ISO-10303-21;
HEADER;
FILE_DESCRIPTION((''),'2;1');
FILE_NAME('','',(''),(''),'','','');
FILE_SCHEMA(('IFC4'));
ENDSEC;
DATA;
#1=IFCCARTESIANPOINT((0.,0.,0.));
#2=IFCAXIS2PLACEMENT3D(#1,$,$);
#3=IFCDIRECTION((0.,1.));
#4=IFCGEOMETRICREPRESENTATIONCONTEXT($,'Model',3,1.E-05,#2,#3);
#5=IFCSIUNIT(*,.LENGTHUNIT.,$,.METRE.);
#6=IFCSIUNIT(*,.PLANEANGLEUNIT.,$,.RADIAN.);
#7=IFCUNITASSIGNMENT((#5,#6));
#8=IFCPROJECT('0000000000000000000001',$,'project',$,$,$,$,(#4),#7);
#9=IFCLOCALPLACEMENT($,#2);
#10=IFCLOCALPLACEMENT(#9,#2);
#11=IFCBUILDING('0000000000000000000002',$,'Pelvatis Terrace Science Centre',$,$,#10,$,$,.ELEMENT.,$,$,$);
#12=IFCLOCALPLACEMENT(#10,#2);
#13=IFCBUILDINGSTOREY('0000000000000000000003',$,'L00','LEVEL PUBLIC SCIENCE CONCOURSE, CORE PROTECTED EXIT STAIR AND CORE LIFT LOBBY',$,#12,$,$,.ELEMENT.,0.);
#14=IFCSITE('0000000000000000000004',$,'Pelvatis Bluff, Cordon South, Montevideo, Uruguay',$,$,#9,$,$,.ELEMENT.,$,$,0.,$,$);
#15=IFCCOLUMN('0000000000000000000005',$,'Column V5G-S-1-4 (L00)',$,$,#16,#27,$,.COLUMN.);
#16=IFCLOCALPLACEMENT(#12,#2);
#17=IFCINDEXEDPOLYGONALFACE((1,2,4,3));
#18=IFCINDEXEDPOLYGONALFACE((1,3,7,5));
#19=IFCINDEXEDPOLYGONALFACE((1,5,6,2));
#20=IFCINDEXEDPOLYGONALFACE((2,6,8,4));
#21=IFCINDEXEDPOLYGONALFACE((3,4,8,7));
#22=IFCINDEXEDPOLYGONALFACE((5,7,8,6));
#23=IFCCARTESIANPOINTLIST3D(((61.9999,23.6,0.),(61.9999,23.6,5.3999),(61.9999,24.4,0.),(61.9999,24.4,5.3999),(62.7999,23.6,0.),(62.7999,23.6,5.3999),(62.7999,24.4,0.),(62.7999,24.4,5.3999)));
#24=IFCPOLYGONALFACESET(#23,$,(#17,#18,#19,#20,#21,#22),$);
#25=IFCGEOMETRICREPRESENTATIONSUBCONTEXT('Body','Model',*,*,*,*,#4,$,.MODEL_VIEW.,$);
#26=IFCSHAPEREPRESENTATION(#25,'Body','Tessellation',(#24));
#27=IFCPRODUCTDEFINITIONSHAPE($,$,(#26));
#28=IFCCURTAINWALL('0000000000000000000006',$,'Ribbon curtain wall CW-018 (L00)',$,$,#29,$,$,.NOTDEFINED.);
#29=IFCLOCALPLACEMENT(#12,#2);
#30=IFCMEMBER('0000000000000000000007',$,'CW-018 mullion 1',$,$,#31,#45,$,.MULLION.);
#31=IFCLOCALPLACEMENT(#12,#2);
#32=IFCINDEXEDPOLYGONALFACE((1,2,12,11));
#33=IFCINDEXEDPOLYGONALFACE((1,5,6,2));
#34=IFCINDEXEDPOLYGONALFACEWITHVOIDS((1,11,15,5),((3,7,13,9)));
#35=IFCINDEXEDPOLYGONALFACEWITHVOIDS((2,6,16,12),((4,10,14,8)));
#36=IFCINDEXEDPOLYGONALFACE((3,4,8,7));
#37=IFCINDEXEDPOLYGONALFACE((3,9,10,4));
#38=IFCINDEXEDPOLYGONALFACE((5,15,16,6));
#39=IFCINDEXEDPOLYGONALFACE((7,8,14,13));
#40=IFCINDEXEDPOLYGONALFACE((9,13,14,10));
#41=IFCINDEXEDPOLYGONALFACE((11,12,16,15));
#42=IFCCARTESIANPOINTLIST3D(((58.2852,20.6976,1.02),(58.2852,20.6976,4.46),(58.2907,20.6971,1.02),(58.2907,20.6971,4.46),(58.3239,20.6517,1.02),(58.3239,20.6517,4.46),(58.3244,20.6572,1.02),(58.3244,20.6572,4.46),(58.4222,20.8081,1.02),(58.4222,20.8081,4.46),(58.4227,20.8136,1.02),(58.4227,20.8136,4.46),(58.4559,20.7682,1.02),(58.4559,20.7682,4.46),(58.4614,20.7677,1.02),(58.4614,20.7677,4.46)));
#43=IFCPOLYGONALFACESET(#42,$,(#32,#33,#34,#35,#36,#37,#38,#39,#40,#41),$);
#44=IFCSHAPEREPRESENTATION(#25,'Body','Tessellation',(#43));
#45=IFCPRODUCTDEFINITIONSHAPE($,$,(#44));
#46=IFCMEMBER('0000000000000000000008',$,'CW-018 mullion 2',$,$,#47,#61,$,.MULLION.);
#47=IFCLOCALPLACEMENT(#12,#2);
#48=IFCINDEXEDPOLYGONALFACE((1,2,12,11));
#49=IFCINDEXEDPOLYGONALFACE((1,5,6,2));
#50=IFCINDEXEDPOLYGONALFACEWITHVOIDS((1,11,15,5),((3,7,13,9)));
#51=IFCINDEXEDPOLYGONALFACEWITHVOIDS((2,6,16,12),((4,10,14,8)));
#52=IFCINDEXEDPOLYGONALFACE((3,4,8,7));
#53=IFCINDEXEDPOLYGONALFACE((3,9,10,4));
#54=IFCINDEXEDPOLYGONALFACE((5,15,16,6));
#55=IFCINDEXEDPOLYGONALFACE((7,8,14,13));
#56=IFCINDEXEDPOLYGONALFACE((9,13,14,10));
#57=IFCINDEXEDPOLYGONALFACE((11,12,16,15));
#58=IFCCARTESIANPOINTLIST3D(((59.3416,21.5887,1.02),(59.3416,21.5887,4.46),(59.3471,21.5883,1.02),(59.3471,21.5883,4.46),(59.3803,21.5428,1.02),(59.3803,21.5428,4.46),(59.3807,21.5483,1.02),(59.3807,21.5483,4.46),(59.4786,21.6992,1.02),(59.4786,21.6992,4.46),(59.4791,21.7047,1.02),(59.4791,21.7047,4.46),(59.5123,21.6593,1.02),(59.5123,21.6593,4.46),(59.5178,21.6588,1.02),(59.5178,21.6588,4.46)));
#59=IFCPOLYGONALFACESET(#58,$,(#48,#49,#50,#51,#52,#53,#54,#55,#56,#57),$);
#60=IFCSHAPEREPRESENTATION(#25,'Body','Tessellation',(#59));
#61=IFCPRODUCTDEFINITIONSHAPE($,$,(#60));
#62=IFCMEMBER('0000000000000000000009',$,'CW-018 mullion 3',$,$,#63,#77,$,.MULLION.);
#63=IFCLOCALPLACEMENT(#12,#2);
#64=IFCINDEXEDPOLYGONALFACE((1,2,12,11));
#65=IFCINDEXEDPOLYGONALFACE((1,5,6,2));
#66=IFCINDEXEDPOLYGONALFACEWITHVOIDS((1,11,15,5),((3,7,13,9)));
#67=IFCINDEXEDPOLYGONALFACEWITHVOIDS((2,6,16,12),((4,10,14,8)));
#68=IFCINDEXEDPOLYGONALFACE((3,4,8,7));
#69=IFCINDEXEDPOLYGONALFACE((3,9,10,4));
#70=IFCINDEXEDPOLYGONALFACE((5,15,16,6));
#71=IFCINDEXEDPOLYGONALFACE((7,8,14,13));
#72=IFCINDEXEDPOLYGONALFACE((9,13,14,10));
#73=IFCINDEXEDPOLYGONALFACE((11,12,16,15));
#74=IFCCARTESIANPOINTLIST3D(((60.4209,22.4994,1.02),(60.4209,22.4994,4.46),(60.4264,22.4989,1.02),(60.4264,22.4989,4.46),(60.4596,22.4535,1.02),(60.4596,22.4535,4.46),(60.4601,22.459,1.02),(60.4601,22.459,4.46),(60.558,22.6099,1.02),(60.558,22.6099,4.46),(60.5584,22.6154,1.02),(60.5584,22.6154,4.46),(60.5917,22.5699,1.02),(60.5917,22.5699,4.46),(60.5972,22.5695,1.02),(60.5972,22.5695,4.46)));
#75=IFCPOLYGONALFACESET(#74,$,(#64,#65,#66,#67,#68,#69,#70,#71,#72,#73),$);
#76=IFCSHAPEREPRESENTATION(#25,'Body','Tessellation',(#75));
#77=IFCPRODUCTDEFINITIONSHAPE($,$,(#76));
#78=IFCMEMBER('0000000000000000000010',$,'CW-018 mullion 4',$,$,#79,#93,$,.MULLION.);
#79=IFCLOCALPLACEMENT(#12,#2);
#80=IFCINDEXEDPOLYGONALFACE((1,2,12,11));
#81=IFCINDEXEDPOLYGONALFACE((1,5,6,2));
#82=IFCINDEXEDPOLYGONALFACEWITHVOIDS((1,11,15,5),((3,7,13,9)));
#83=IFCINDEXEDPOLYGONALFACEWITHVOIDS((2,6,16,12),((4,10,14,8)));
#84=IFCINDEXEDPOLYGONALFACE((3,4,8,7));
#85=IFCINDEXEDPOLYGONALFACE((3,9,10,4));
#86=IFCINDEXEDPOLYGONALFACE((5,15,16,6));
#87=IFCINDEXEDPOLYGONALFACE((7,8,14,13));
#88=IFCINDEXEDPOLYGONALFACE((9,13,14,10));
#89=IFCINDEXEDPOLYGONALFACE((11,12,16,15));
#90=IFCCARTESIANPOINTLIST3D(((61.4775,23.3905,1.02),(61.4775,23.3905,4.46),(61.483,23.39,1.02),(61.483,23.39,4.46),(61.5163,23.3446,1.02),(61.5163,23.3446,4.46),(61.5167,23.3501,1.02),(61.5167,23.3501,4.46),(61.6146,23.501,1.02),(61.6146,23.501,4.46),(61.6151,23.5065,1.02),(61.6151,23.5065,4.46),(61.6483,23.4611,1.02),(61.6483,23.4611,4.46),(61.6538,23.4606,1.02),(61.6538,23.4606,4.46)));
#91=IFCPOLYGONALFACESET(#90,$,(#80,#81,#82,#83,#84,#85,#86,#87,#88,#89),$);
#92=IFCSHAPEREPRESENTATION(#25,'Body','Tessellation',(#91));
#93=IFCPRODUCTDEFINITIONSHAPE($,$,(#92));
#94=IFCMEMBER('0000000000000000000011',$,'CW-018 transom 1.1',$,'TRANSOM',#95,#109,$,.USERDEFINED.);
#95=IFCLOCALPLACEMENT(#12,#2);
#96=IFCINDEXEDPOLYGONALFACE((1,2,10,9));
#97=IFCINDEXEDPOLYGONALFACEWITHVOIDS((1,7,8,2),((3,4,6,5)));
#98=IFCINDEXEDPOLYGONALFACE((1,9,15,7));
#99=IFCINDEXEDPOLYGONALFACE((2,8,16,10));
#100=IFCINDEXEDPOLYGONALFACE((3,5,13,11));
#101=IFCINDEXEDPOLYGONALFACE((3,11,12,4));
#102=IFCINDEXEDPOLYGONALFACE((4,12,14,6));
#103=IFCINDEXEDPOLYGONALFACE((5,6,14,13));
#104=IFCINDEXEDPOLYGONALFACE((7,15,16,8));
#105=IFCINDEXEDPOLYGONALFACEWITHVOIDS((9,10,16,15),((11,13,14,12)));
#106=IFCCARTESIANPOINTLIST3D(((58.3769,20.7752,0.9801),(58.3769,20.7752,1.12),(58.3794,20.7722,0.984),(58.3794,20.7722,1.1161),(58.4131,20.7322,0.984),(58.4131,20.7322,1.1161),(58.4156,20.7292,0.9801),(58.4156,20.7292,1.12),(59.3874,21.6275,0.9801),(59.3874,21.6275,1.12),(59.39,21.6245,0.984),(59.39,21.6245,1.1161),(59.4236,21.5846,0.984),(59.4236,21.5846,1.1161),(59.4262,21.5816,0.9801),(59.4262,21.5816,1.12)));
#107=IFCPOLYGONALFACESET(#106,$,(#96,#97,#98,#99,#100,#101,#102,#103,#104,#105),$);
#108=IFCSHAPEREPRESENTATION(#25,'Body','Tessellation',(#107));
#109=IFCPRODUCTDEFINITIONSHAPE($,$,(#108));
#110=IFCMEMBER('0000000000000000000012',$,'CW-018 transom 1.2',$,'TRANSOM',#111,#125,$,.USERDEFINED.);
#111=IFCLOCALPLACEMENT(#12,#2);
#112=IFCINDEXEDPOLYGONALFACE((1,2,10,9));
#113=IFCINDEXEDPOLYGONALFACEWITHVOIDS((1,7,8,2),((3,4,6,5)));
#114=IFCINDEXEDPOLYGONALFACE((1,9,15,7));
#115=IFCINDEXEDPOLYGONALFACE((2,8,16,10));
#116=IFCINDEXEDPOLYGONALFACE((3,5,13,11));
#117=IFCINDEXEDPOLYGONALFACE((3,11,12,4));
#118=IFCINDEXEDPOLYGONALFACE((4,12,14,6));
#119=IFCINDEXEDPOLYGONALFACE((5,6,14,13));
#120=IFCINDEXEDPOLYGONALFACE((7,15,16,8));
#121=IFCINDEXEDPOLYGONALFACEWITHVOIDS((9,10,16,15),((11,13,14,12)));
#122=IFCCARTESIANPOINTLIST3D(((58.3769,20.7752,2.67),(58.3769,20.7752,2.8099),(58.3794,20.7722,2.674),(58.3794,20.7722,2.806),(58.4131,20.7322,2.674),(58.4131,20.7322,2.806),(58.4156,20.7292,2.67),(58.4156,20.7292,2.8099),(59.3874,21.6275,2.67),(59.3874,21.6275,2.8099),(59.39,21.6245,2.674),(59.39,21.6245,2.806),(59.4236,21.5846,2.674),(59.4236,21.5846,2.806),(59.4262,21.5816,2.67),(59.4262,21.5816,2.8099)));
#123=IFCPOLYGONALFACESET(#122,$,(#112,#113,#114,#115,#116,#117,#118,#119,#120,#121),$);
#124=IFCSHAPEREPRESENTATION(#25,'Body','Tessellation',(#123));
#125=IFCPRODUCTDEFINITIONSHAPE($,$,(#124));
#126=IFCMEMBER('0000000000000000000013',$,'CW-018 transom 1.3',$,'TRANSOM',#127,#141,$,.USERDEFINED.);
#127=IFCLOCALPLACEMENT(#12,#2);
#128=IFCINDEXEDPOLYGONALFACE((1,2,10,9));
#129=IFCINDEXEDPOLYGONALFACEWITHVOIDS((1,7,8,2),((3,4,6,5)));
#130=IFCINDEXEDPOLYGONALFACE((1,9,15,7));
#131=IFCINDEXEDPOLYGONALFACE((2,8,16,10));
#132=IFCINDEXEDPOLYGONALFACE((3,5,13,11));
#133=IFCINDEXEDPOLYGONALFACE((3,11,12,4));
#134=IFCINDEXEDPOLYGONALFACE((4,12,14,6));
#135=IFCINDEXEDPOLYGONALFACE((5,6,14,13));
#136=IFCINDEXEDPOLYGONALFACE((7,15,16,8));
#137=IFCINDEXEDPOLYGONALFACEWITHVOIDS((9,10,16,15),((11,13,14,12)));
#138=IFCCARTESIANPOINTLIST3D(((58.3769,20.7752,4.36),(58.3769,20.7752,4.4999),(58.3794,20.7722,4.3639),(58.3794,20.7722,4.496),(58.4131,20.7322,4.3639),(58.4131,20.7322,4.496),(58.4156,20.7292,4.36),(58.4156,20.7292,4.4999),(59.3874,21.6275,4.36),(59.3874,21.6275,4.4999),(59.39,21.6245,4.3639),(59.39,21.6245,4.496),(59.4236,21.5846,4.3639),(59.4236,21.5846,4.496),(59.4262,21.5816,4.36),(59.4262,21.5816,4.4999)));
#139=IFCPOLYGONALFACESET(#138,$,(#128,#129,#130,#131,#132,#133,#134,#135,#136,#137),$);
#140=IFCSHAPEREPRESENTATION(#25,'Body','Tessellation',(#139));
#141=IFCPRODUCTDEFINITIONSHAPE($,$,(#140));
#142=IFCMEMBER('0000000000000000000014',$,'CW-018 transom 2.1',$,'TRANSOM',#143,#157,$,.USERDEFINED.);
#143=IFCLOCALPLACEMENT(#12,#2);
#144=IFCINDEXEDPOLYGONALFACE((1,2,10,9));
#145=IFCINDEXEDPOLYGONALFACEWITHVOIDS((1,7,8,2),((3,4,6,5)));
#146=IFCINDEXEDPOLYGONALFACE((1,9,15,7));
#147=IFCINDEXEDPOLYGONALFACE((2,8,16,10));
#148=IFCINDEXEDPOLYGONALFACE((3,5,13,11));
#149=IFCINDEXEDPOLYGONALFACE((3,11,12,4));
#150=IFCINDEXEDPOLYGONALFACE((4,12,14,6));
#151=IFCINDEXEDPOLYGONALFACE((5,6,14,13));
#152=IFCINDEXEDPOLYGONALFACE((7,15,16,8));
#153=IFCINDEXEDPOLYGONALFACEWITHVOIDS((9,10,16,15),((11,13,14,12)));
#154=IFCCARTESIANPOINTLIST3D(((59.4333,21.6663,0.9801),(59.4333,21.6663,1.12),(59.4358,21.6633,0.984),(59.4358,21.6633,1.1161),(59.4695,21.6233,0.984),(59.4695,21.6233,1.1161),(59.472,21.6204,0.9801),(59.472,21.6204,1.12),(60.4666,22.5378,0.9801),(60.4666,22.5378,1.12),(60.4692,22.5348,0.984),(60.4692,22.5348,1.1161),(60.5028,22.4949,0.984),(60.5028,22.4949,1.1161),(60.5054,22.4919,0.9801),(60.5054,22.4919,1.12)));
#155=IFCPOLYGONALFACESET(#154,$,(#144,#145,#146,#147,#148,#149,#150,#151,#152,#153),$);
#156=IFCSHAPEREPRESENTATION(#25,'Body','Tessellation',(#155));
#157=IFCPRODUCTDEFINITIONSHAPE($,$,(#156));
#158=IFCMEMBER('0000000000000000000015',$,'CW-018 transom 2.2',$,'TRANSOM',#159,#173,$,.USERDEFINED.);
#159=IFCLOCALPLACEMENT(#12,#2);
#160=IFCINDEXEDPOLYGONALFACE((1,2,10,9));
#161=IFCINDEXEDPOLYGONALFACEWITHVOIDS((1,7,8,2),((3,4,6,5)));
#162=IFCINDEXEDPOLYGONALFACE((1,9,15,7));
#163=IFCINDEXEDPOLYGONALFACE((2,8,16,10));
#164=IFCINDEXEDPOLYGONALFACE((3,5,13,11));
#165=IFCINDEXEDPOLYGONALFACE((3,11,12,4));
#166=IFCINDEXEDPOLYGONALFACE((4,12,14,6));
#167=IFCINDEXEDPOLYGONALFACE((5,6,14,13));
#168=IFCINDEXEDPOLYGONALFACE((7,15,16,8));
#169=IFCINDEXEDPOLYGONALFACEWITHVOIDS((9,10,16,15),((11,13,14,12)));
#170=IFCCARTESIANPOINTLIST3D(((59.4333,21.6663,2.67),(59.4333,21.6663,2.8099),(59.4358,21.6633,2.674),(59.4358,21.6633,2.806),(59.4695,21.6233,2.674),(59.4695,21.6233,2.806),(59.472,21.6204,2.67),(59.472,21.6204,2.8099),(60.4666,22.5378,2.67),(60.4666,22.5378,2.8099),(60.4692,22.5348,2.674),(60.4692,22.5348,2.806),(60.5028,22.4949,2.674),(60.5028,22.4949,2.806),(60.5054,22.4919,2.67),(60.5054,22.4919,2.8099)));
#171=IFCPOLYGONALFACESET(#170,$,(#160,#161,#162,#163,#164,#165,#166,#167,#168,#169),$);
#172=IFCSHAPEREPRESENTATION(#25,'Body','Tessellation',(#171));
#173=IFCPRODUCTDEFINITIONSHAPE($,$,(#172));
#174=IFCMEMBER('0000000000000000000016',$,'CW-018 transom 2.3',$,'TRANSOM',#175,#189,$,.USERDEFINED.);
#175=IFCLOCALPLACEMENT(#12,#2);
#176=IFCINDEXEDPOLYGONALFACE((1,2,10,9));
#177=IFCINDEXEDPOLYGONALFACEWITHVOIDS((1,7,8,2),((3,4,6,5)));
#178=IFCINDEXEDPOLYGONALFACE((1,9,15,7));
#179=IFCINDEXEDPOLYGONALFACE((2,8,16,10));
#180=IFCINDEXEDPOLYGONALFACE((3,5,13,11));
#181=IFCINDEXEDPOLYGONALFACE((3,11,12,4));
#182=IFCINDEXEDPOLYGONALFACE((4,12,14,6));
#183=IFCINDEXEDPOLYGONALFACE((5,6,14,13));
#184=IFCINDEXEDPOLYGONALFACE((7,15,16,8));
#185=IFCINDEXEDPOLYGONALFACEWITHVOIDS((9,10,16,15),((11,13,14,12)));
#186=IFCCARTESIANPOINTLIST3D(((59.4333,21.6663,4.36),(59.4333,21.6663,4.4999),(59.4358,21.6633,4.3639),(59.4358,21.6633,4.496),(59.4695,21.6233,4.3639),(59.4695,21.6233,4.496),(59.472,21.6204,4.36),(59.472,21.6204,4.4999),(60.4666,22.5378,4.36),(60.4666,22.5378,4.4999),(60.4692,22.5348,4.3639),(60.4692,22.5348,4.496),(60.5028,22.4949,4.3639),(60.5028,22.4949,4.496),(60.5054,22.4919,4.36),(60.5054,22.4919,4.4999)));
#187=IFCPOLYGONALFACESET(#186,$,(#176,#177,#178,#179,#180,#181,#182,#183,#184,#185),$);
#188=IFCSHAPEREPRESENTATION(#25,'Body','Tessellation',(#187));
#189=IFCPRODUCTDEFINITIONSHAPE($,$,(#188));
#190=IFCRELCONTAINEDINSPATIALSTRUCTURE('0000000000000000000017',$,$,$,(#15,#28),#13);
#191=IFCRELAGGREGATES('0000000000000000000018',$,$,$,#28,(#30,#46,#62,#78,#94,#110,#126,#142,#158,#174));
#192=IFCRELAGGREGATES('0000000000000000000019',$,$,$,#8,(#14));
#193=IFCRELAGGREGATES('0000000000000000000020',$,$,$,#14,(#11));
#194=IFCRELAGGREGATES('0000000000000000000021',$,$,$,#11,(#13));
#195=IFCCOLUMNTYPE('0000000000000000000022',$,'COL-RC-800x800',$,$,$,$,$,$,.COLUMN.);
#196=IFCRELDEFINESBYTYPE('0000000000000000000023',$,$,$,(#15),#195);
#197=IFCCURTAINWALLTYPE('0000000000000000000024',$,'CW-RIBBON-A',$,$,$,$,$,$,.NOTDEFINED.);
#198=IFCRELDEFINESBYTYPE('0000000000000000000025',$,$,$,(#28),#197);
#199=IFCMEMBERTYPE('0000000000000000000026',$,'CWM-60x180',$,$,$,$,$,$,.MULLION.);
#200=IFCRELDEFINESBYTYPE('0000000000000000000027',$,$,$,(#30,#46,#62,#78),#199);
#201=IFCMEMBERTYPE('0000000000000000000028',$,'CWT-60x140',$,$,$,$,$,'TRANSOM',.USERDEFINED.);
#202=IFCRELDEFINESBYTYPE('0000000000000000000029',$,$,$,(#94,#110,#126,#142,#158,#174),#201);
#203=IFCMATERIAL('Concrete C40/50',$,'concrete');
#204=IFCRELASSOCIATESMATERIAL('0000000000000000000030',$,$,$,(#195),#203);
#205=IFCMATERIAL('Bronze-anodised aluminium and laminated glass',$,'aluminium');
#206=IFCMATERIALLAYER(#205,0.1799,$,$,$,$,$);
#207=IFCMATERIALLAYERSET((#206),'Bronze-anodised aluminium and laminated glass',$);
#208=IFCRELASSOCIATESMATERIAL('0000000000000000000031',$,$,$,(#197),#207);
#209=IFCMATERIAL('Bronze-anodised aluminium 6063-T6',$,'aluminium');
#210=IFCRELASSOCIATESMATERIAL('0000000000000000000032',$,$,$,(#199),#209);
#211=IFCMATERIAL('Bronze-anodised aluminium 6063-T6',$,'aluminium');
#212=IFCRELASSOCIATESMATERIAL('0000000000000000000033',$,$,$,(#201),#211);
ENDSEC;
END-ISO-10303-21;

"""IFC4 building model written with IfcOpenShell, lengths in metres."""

from ifc_helpers import new_model, si_unit, direction, frame, origin, origin_2d, place, context, subcontext, project, spatial, rectangle, hollow_rectangle, extrude, material, layer, layer_set, material_profile, profile_set, type_object, element, aggregate, save


model = new_model("IFC4")

# Units and contexts
model_context = context("Model", 3, precision=1e-05, world=origin(), true_north=direction((0.0, 1.0)))
body_context = subcontext(model_context, "Body", "Model", "MODEL_VIEW")
ifc_project = project(units=[si_unit("LENGTHUNIT", "METRE"), si_unit("PLANEANGLEUNIT", "RADIAN")], contexts=[model_context])

# Site, building, storey
site_placement = place(None, origin())
site = spatial("IfcSite", under=ifc_project, at=site_placement, Name="Pelvatis Bluff, Cordon South, Montevideo, Uruguay", CompositionType="ELEMENT", RefElevation=0.0)
building_placement = place(site_placement, origin())
building = spatial("IfcBuilding", under=site, at=building_placement, Name="Pelvatis Terrace Science Centre", CompositionType="ELEMENT")
storey_placement = place(building_placement, origin())
storey = spatial("IfcBuildingStorey", under=building, at=storey_placement, Name="L00", Description="LEVEL PUBLIC SCIENCE CONCOURSE, CORE PROTECTED EXIT STAIR AND CORE LIFT LOBBY", CompositionType="ELEMENT", Elevation=0.0)

# Column
ifc_material_1 = material(Name="Concrete C40/50", Category="concrete")
ifc_material_profile_1 = material_profile(ifc_material_1, rectangle(XDim=0.8, YDim=0.8, at=origin_2d()), Name="RC-COL 800x800")
ifc_profile_set_1 = profile_set([ifc_material_profile_1], Name="Concrete C40/50")
column_type = type_object("IfcColumnType", Name="COL-RC-800x800", PredefinedType="COLUMN", material=ifc_profile_set_1)
column_placement = place(storey_placement, frame((62.3999, 24.0, 0.0), z_axis=(0.0, 0.0, 1.0), x_axis=(1.0, 0.0, 0.0)))
element("IfcColumn", 1, at=column_placement, inside=storey, type_object=column_type, Name="Column V5G-S-1-4 (L00)", PredefinedType="COLUMN", context=body_context, shape_type="SweptSolid", body=[
    extrude(rectangle(XDim=0.8, YDim=0.8, at=origin_2d()), origin(), (0.0, 0.0, 1.0), 5.3999),
])

# Curtain wall, members
ifc_material_2 = material(Name="Bronze-anodised aluminium and laminated glass", Category="aluminium")
ifc_layer_1 = layer(ifc_material_2, 0.1799)
ifc_layer_set_1 = layer_set([ifc_layer_1], Name="Bronze-anodised aluminium and laminated glass")
curtain_wall_type = type_object("IfcCurtainWallType", Name="CW-RIBBON-A", PredefinedType="NOTDEFINED", material=ifc_layer_set_1)
curtain_wall_placement = place(storey_placement, origin())
curtain_wall = element("IfcCurtainWall", 2, at=curtain_wall_placement, inside=storey, type_object=curtain_wall_type, Name="Ribbon curtain wall CW-018 (L00)", PredefinedType="NOTDEFINED")
ifc_material_3 = material(Name="Bronze-anodised aluminium 6063-T6", Category="aluminium")
ifc_material_profile_2 = material_profile(ifc_material_3, hollow_rectangle(XDim=0.0601, YDim=0.1799, WallThickness=0.0039, at=origin_2d()), Name="ALU-MUL 60x180")
ifc_profile_set_2 = profile_set([ifc_material_profile_2], Name="Bronze-anodised aluminium 6063-T6")
member_type_1 = type_object("IfcMemberType", Name="CWM-60x180", PredefinedType="MULLION", material=ifc_profile_set_2)
member_1_placement = place(storey_placement, frame((58.3733, 20.7327, 1.02), z_axis=(0.0, 0.0, 1.0), x_axis=(-0.644768, 0.764378, 0.0)))
member_1 = element("IfcMember", 3, at=member_1_placement, type_object=member_type_1, Name="CW-018 mullion 1", PredefinedType="MULLION", context=body_context, shape_type="SweptSolid", body=[
    extrude(hollow_rectangle(XDim=0.0601, YDim=0.1799, WallThickness=0.0039, at=origin_2d()), origin(), (0.0, 0.0, 1.0), 3.4399),
])
member_2_placement = place(storey_placement, frame((59.4297, 21.6238, 1.02), z_axis=(0.0, 0.0, 1.0), x_axis=(-0.644768, 0.764378, 0.0)))
member_2 = element("IfcMember", 4, at=member_2_placement, type_object=member_type_1, Name="CW-018 mullion 2", PredefinedType="MULLION", context=body_context, shape_type="SweptSolid", body=[
    extrude(hollow_rectangle(XDim=0.0601, YDim=0.1799, WallThickness=0.0039, at=origin_2d()), origin(), (0.0, 0.0, 1.0), 3.4399),
])
member_3_placement = place(storey_placement, frame((60.509, 22.5344, 1.02), z_axis=(0.0, 0.0, 1.0), x_axis=(-0.644768, 0.764378, 0.0)))
member_3 = element("IfcMember", 5, at=member_3_placement, type_object=member_type_1, Name="CW-018 mullion 3", PredefinedType="MULLION", context=body_context, shape_type="SweptSolid", body=[
    extrude(hollow_rectangle(XDim=0.0601, YDim=0.1799, WallThickness=0.0039, at=origin_2d()), origin(), (0.0, 0.0, 1.0), 3.4399),
])
member_4_placement = place(storey_placement, frame((61.5657, 23.4255, 1.02), z_axis=(0.0, 0.0, 1.0), x_axis=(-0.644768, 0.764378, 0.0)))
member_4 = element("IfcMember", 6, at=member_4_placement, type_object=member_type_1, Name="CW-018 mullion 4", PredefinedType="MULLION", context=body_context, shape_type="SweptSolid", body=[
    extrude(hollow_rectangle(XDim=0.0601, YDim=0.1799, WallThickness=0.0039, at=origin_2d()), origin(), (0.0, 0.0, 1.0), 3.4399),
])
ifc_material_4 = material(Name="Bronze-anodised aluminium 6063-T6", Category="aluminium")
ifc_material_profile_3 = material_profile(ifc_material_4, hollow_rectangle(XDim=0.0601, YDim=0.1399, WallThickness=0.0039, at=origin_2d()), Name="ALU-TRN 60x140")
ifc_profile_set_3 = profile_set([ifc_material_profile_3], Name="Bronze-anodised aluminium 6063-T6")
member_type_2 = type_object("IfcMemberType", Name="CWT-60x140", ElementType="TRANSOM", PredefinedType="USERDEFINED", material=ifc_profile_set_3)
member_5_placement = place(storey_placement, frame((58.3962, 20.7522, 1.05), z_axis=(0.764408, 0.644733, 0.0), x_axis=(-0.644733, 0.764408, 0.0)))
member_5 = element("IfcMember", 7, at=member_5_placement, type_object=member_type_2, Name="CW-018 transom 1.1", ObjectType="TRANSOM", PredefinedType="USERDEFINED", context=body_context, shape_type="SweptSolid", body=[
    extrude(hollow_rectangle(XDim=0.0601, YDim=0.1399, WallThickness=0.0039, at=origin_2d()), origin(), (0.0, 0.0, 1.0), 1.322),
])
member_6_placement = place(storey_placement, frame((58.3962, 20.7522, 2.74), z_axis=(0.764408, 0.644733, 0.0), x_axis=(-0.644733, 0.764408, 0.0)))
member_6 = element("IfcMember", 8, at=member_6_placement, type_object=member_type_2, Name="CW-018 transom 1.2", ObjectType="TRANSOM", PredefinedType="USERDEFINED", context=body_context, shape_type="SweptSolid", body=[
    extrude(hollow_rectangle(XDim=0.0601, YDim=0.1399, WallThickness=0.0039, at=origin_2d()), origin(), (0.0, 0.0, 1.0), 1.322),
])
member_7_placement = place(storey_placement, frame((58.3962, 20.7522, 4.4299), z_axis=(0.764408, 0.644733, 0.0), x_axis=(-0.644733, 0.764408, 0.0)))
member_7 = element("IfcMember", 9, at=member_7_placement, type_object=member_type_2, Name="CW-018 transom 1.3", ObjectType="TRANSOM", PredefinedType="USERDEFINED", context=body_context, shape_type="SweptSolid", body=[
    extrude(hollow_rectangle(XDim=0.0601, YDim=0.1399, WallThickness=0.0039, at=origin_2d()), origin(), (0.0, 0.0, 1.0), 1.322),
])
member_8_placement = place(storey_placement, frame((59.4526, 21.6433, 1.05), z_axis=(0.764433, 0.644703, 0.0), x_axis=(-0.644703, 0.764433, 0.0)))
member_8 = element("IfcMember", 10, at=member_8_placement, type_object=member_type_2, Name="CW-018 transom 2.1", ObjectType="TRANSOM", PredefinedType="USERDEFINED", context=body_context, shape_type="SweptSolid", body=[
    extrude(hollow_rectangle(XDim=0.0601, YDim=0.1399, WallThickness=0.0039, at=origin_2d()), origin(), (0.0, 0.0, 1.0), 1.3518),
])
member_9_placement = place(storey_placement, frame((59.4526, 21.6433, 2.74), z_axis=(0.764433, 0.644703, 0.0), x_axis=(-0.644703, 0.764433, 0.0)))
member_9 = element("IfcMember", 11, at=member_9_placement, type_object=member_type_2, Name="CW-018 transom 2.2", ObjectType="TRANSOM", PredefinedType="USERDEFINED", context=body_context, shape_type="SweptSolid", body=[
    extrude(hollow_rectangle(XDim=0.0601, YDim=0.1399, WallThickness=0.0039, at=origin_2d()), origin(), (0.0, 0.0, 1.0), 1.3518),
])
member_10_placement = place(storey_placement, frame((59.4526, 21.6433, 4.4299), z_axis=(0.764433, 0.644703, 0.0), x_axis=(-0.644703, 0.764433, 0.0)))
member_10 = element("IfcMember", 12, at=member_10_placement, type_object=member_type_2, Name="CW-018 transom 2.3", ObjectType="TRANSOM", PredefinedType="USERDEFINED", context=body_context, shape_type="SweptSolid", body=[
    extrude(hollow_rectangle(XDim=0.0601, YDim=0.1399, WallThickness=0.0039, at=origin_2d()), origin(), (0.0, 0.0, 1.0), 1.3518),
])
aggregate(curtain_wall, [member_1, member_2, member_3, member_4, member_5, member_6, member_7, member_8, member_9, member_10])

save(model, "model.ifc")
